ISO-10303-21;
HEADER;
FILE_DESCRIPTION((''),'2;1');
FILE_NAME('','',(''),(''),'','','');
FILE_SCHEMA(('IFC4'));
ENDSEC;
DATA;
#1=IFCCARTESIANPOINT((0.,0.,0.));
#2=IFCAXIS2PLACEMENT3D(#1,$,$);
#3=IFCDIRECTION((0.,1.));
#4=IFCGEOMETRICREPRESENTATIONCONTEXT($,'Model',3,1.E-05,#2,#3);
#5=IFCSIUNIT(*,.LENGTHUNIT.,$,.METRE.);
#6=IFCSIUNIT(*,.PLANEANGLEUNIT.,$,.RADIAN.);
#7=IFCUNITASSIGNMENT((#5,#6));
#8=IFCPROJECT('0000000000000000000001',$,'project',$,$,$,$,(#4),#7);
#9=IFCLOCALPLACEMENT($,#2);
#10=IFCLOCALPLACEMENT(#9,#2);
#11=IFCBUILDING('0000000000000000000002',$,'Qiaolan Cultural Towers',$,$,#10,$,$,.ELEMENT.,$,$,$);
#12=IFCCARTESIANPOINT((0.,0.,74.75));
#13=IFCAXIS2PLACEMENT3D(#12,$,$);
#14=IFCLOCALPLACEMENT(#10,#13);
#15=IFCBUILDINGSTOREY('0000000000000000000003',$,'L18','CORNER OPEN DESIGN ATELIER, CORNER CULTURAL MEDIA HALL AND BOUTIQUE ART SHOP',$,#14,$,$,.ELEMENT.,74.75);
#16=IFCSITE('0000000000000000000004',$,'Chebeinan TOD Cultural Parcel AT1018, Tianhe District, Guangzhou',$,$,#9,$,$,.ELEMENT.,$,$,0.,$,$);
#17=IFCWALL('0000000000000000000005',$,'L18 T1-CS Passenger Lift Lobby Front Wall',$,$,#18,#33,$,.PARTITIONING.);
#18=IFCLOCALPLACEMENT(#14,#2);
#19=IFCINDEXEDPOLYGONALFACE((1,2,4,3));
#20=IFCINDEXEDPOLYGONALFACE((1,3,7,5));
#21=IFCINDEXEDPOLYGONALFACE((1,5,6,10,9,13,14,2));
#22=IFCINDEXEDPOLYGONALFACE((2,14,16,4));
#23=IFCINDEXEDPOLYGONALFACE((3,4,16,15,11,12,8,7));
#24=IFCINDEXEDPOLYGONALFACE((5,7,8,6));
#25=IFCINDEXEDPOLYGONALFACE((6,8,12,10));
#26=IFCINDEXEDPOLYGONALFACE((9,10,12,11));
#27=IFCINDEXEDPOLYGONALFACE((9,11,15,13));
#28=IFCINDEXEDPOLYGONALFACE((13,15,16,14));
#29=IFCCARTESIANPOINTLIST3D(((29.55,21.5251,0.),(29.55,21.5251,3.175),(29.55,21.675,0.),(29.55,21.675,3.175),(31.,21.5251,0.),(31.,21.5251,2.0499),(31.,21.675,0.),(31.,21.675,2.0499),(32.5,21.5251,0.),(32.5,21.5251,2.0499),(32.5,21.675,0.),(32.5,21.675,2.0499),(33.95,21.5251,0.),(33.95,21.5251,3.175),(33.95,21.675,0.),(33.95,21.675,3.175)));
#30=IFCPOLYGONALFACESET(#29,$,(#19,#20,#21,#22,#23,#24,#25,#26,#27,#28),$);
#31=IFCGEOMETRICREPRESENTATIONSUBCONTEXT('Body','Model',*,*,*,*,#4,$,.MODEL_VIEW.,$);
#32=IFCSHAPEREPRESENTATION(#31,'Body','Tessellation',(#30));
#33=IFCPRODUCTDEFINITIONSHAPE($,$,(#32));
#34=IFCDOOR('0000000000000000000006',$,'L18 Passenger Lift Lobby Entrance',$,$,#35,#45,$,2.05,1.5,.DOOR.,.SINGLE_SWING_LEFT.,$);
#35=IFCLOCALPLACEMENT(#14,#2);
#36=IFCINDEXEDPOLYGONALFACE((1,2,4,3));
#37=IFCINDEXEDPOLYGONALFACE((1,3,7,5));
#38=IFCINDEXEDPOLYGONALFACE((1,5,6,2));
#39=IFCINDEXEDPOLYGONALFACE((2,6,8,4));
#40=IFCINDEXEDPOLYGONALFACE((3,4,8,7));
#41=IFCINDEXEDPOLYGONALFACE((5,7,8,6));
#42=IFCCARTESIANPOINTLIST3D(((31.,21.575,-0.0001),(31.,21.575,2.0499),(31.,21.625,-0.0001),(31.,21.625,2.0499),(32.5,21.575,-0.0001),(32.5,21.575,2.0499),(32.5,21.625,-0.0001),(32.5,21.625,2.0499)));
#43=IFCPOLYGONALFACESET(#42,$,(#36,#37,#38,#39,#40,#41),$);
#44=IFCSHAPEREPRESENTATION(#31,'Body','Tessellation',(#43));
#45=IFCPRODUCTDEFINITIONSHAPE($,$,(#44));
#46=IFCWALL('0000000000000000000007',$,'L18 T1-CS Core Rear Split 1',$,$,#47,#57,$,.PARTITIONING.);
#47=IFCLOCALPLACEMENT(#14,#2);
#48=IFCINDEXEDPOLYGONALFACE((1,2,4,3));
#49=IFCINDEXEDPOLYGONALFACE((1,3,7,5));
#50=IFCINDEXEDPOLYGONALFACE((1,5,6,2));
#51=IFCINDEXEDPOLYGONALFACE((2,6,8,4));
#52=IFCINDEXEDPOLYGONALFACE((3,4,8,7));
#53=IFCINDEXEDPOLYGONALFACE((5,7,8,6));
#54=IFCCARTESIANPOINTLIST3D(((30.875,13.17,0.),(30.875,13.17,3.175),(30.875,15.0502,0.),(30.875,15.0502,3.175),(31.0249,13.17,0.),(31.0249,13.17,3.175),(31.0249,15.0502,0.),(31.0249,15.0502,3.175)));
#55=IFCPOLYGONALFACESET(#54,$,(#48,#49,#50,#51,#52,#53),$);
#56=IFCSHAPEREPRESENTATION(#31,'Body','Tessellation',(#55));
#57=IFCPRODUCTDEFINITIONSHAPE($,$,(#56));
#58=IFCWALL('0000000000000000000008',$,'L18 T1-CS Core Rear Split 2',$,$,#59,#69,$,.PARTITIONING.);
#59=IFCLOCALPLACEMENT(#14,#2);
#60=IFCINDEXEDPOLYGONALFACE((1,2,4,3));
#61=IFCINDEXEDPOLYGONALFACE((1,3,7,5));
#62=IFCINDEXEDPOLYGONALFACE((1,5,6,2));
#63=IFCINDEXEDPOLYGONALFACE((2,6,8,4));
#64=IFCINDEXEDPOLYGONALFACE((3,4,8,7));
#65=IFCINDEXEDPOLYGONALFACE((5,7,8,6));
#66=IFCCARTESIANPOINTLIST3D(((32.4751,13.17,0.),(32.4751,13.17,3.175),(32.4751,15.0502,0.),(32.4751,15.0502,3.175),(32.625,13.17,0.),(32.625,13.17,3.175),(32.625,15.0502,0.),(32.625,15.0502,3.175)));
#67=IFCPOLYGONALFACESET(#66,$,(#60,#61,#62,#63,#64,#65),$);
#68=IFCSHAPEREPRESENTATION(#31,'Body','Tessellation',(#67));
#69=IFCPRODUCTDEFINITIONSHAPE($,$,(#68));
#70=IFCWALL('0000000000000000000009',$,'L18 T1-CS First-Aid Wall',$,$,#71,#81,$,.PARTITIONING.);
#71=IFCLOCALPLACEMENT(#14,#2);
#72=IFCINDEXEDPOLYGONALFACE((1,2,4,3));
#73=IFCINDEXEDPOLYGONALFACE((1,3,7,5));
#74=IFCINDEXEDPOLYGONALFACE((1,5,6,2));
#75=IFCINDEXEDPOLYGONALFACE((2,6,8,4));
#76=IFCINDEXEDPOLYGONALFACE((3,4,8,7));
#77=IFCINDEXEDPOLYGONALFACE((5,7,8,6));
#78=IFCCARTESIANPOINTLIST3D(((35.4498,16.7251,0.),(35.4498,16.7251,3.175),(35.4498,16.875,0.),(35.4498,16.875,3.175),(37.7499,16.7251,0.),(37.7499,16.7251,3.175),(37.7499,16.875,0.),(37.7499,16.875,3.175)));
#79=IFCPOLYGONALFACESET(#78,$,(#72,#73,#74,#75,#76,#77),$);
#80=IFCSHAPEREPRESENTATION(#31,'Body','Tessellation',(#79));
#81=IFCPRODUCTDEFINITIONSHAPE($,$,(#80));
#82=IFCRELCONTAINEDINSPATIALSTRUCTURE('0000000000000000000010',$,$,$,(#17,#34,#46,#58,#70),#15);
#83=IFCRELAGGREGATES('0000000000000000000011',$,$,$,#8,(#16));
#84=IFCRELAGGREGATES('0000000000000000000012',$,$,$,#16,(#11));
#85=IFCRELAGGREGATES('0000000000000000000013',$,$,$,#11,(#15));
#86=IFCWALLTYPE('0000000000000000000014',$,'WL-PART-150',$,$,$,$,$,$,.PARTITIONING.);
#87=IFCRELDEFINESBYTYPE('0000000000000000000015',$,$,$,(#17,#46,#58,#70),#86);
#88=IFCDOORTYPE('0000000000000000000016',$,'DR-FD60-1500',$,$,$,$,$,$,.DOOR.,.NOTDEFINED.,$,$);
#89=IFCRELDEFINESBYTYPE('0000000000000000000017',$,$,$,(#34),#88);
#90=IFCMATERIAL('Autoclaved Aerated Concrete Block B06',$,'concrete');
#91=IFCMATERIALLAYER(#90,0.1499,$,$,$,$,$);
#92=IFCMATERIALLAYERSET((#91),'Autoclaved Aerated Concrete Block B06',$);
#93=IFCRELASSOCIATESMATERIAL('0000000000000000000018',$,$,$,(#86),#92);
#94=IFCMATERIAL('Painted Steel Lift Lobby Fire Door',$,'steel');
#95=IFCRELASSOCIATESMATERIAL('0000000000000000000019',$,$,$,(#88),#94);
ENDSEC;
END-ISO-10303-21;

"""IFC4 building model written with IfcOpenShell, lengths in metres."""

from ifc_helpers import new_model, si_unit, direction, frame, frame_2d, origin, place, context, subcontext, project, spatial, rectangle, extrude, material, layer, layer_set, type_object, element, fill, save


model = new_model("IFC4")

# Units and contexts
model_context = context("Model", 3, precision=1e-05, world=origin(), true_north=direction((0.0, 1.0)))
body_context = subcontext(model_context, "Body", "Model", "MODEL_VIEW")
ifc_project = project(units=[si_unit("LENGTHUNIT", "METRE"), si_unit("PLANEANGLEUNIT", "RADIAN")], contexts=[model_context])

# Site, building, storey
site_placement = place(None, origin())
site = spatial("IfcSite", under=ifc_project, at=site_placement, Name="Chebeinan TOD Cultural Parcel AT1018, Tianhe District, Guangzhou", CompositionType="ELEMENT", RefElevation=0.0)
building_placement = place(site_placement, origin())
building = spatial("IfcBuilding", under=site, at=building_placement, Name="Qiaolan Cultural Towers", CompositionType="ELEMENT")
storey_placement = place(building_placement, frame((0.0, 0.0, 74.75)))
storey = spatial("IfcBuildingStorey", under=building, at=storey_placement, Name="L18", Description="CORNER OPEN DESIGN ATELIER, CORNER CULTURAL MEDIA HALL AND BOUTIQUE ART SHOP", CompositionType="ELEMENT", Elevation=74.75)

# Wall, opening, door
ifc_material_1 = material(Name="Autoclaved Aerated Concrete Block B06", Category="concrete")
ifc_layer_1 = layer(ifc_material_1, 0.1499)
ifc_layer_set_1 = layer_set([ifc_layer_1], Name="Autoclaved Aerated Concrete Block B06")
wall_type_1 = type_object("IfcWallType", Name="WL-PART-150", PredefinedType="PARTITIONING", material=ifc_layer_set_1)
wall_1_placement = place(storey_placement, frame((29.55, 21.6001, 0.0), z_axis=(0.0, 0.0, 1.0), x_axis=(1.0, 0.0, 0.0)))
wall_1 = element("IfcWall", 1, at=wall_1_placement, inside=storey, type_object=wall_type_1, Name="L18 T1-CS Passenger Lift Lobby Front Wall", PredefinedType="PARTITIONING", context=body_context, shape_type="SweptSolid", body=[
    extrude(rectangle(XDim=4.3999, YDim=0.1499, at=frame_2d((2.2, 0.0))), origin(), (0.0, 0.0, 1.0), 3.175),
])
opening_1_placement = place(wall_1_placement, frame((1.45, 0.0, 0.0)))
opening_1 = element("IfcOpeningElement", 2, at=opening_1_placement, cuts=wall_1, PredefinedType="OPENING", context=body_context, shape_type="SweptSolid", body=[
    extrude(rectangle(XDim=1.5, YDim=2.05, at=frame_2d((0.75, 1.0249))), frame((0.0, 0.085, 0.0), z_axis=(0.0, -1.0, 0.0), x_axis=(1.0, 0.0, 0.0)), (0.0, 0.0, 1.0), 0.1699),
])
ifc_material_2 = material(Name="Painted Steel Lift Lobby Fire Door", Category="steel")
door_type_1 = type_object("IfcDoorType", Name="DR-FD60-1500", OperationType="NOTDEFINED", PredefinedType="DOOR", material=ifc_material_2)
door_1_placement = place(opening_1_placement, origin())
door_1 = element("IfcDoor", 3, at=door_1_placement, inside=storey, type_object=door_type_1, Name="L18 Passenger Lift Lobby Entrance", OperationType="SINGLE_SWING_LEFT", OverallHeight=2.05, OverallWidth=1.5, PredefinedType="DOOR", context=body_context, shape_type="SweptSolid", body=[
    extrude(rectangle(XDim=1.5, YDim=2.05, at=frame_2d((0.75, 1.0249))), frame((0.0, 0.0249, 0.0), z_axis=(0.0, -1.0, 0.0), x_axis=(1.0, 0.0, 0.0)), (0.0, 0.0, 1.0), 0.05),
])
fill(opening_1, door_1)

# Walls
for number, where, z_axis, x_axis, name in (
    (4, (30.95, 15.05, 0.0), (0.0, 0.0, 1.0), (0.0, -1.0, 0.0), "L18 T1-CS Core Rear Split 1"),
    (5, (32.55, 15.05, 0.0), (0.0, 0.0, 1.0), (0.0, -1.0, 0.0), "L18 T1-CS Core Rear Split 2"),
):
    element("IfcWall", number, at=place(storey_placement, frame(where, z_axis=z_axis, x_axis=x_axis)), inside=storey, type_object=wall_type_1, Name=name, PredefinedType="PARTITIONING", context=body_context, shape_type="SweptSolid", body=[
        extrude(rectangle(XDim=1.8801, YDim=0.1499, at=frame_2d((0.9399, 0.0))), origin(), (0.0, 0.0, 1.0), 3.175),
    ])
wall_2_placement = place(storey_placement, frame((35.45, 16.8, 0.0), z_axis=(0.0, 0.0, 1.0), x_axis=(1.0, 0.0, 0.0)))
element("IfcWall", 6, at=wall_2_placement, inside=storey, type_object=wall_type_1, Name="L18 T1-CS First-Aid Wall", PredefinedType="PARTITIONING", context=body_context, shape_type="SweptSolid", body=[
    extrude(rectangle(XDim=2.3, YDim=0.1499, at=frame_2d((1.1499, 0.0))), origin(), (0.0, 0.0, 1.0), 3.175),
])

save(model, "model.ifc")
